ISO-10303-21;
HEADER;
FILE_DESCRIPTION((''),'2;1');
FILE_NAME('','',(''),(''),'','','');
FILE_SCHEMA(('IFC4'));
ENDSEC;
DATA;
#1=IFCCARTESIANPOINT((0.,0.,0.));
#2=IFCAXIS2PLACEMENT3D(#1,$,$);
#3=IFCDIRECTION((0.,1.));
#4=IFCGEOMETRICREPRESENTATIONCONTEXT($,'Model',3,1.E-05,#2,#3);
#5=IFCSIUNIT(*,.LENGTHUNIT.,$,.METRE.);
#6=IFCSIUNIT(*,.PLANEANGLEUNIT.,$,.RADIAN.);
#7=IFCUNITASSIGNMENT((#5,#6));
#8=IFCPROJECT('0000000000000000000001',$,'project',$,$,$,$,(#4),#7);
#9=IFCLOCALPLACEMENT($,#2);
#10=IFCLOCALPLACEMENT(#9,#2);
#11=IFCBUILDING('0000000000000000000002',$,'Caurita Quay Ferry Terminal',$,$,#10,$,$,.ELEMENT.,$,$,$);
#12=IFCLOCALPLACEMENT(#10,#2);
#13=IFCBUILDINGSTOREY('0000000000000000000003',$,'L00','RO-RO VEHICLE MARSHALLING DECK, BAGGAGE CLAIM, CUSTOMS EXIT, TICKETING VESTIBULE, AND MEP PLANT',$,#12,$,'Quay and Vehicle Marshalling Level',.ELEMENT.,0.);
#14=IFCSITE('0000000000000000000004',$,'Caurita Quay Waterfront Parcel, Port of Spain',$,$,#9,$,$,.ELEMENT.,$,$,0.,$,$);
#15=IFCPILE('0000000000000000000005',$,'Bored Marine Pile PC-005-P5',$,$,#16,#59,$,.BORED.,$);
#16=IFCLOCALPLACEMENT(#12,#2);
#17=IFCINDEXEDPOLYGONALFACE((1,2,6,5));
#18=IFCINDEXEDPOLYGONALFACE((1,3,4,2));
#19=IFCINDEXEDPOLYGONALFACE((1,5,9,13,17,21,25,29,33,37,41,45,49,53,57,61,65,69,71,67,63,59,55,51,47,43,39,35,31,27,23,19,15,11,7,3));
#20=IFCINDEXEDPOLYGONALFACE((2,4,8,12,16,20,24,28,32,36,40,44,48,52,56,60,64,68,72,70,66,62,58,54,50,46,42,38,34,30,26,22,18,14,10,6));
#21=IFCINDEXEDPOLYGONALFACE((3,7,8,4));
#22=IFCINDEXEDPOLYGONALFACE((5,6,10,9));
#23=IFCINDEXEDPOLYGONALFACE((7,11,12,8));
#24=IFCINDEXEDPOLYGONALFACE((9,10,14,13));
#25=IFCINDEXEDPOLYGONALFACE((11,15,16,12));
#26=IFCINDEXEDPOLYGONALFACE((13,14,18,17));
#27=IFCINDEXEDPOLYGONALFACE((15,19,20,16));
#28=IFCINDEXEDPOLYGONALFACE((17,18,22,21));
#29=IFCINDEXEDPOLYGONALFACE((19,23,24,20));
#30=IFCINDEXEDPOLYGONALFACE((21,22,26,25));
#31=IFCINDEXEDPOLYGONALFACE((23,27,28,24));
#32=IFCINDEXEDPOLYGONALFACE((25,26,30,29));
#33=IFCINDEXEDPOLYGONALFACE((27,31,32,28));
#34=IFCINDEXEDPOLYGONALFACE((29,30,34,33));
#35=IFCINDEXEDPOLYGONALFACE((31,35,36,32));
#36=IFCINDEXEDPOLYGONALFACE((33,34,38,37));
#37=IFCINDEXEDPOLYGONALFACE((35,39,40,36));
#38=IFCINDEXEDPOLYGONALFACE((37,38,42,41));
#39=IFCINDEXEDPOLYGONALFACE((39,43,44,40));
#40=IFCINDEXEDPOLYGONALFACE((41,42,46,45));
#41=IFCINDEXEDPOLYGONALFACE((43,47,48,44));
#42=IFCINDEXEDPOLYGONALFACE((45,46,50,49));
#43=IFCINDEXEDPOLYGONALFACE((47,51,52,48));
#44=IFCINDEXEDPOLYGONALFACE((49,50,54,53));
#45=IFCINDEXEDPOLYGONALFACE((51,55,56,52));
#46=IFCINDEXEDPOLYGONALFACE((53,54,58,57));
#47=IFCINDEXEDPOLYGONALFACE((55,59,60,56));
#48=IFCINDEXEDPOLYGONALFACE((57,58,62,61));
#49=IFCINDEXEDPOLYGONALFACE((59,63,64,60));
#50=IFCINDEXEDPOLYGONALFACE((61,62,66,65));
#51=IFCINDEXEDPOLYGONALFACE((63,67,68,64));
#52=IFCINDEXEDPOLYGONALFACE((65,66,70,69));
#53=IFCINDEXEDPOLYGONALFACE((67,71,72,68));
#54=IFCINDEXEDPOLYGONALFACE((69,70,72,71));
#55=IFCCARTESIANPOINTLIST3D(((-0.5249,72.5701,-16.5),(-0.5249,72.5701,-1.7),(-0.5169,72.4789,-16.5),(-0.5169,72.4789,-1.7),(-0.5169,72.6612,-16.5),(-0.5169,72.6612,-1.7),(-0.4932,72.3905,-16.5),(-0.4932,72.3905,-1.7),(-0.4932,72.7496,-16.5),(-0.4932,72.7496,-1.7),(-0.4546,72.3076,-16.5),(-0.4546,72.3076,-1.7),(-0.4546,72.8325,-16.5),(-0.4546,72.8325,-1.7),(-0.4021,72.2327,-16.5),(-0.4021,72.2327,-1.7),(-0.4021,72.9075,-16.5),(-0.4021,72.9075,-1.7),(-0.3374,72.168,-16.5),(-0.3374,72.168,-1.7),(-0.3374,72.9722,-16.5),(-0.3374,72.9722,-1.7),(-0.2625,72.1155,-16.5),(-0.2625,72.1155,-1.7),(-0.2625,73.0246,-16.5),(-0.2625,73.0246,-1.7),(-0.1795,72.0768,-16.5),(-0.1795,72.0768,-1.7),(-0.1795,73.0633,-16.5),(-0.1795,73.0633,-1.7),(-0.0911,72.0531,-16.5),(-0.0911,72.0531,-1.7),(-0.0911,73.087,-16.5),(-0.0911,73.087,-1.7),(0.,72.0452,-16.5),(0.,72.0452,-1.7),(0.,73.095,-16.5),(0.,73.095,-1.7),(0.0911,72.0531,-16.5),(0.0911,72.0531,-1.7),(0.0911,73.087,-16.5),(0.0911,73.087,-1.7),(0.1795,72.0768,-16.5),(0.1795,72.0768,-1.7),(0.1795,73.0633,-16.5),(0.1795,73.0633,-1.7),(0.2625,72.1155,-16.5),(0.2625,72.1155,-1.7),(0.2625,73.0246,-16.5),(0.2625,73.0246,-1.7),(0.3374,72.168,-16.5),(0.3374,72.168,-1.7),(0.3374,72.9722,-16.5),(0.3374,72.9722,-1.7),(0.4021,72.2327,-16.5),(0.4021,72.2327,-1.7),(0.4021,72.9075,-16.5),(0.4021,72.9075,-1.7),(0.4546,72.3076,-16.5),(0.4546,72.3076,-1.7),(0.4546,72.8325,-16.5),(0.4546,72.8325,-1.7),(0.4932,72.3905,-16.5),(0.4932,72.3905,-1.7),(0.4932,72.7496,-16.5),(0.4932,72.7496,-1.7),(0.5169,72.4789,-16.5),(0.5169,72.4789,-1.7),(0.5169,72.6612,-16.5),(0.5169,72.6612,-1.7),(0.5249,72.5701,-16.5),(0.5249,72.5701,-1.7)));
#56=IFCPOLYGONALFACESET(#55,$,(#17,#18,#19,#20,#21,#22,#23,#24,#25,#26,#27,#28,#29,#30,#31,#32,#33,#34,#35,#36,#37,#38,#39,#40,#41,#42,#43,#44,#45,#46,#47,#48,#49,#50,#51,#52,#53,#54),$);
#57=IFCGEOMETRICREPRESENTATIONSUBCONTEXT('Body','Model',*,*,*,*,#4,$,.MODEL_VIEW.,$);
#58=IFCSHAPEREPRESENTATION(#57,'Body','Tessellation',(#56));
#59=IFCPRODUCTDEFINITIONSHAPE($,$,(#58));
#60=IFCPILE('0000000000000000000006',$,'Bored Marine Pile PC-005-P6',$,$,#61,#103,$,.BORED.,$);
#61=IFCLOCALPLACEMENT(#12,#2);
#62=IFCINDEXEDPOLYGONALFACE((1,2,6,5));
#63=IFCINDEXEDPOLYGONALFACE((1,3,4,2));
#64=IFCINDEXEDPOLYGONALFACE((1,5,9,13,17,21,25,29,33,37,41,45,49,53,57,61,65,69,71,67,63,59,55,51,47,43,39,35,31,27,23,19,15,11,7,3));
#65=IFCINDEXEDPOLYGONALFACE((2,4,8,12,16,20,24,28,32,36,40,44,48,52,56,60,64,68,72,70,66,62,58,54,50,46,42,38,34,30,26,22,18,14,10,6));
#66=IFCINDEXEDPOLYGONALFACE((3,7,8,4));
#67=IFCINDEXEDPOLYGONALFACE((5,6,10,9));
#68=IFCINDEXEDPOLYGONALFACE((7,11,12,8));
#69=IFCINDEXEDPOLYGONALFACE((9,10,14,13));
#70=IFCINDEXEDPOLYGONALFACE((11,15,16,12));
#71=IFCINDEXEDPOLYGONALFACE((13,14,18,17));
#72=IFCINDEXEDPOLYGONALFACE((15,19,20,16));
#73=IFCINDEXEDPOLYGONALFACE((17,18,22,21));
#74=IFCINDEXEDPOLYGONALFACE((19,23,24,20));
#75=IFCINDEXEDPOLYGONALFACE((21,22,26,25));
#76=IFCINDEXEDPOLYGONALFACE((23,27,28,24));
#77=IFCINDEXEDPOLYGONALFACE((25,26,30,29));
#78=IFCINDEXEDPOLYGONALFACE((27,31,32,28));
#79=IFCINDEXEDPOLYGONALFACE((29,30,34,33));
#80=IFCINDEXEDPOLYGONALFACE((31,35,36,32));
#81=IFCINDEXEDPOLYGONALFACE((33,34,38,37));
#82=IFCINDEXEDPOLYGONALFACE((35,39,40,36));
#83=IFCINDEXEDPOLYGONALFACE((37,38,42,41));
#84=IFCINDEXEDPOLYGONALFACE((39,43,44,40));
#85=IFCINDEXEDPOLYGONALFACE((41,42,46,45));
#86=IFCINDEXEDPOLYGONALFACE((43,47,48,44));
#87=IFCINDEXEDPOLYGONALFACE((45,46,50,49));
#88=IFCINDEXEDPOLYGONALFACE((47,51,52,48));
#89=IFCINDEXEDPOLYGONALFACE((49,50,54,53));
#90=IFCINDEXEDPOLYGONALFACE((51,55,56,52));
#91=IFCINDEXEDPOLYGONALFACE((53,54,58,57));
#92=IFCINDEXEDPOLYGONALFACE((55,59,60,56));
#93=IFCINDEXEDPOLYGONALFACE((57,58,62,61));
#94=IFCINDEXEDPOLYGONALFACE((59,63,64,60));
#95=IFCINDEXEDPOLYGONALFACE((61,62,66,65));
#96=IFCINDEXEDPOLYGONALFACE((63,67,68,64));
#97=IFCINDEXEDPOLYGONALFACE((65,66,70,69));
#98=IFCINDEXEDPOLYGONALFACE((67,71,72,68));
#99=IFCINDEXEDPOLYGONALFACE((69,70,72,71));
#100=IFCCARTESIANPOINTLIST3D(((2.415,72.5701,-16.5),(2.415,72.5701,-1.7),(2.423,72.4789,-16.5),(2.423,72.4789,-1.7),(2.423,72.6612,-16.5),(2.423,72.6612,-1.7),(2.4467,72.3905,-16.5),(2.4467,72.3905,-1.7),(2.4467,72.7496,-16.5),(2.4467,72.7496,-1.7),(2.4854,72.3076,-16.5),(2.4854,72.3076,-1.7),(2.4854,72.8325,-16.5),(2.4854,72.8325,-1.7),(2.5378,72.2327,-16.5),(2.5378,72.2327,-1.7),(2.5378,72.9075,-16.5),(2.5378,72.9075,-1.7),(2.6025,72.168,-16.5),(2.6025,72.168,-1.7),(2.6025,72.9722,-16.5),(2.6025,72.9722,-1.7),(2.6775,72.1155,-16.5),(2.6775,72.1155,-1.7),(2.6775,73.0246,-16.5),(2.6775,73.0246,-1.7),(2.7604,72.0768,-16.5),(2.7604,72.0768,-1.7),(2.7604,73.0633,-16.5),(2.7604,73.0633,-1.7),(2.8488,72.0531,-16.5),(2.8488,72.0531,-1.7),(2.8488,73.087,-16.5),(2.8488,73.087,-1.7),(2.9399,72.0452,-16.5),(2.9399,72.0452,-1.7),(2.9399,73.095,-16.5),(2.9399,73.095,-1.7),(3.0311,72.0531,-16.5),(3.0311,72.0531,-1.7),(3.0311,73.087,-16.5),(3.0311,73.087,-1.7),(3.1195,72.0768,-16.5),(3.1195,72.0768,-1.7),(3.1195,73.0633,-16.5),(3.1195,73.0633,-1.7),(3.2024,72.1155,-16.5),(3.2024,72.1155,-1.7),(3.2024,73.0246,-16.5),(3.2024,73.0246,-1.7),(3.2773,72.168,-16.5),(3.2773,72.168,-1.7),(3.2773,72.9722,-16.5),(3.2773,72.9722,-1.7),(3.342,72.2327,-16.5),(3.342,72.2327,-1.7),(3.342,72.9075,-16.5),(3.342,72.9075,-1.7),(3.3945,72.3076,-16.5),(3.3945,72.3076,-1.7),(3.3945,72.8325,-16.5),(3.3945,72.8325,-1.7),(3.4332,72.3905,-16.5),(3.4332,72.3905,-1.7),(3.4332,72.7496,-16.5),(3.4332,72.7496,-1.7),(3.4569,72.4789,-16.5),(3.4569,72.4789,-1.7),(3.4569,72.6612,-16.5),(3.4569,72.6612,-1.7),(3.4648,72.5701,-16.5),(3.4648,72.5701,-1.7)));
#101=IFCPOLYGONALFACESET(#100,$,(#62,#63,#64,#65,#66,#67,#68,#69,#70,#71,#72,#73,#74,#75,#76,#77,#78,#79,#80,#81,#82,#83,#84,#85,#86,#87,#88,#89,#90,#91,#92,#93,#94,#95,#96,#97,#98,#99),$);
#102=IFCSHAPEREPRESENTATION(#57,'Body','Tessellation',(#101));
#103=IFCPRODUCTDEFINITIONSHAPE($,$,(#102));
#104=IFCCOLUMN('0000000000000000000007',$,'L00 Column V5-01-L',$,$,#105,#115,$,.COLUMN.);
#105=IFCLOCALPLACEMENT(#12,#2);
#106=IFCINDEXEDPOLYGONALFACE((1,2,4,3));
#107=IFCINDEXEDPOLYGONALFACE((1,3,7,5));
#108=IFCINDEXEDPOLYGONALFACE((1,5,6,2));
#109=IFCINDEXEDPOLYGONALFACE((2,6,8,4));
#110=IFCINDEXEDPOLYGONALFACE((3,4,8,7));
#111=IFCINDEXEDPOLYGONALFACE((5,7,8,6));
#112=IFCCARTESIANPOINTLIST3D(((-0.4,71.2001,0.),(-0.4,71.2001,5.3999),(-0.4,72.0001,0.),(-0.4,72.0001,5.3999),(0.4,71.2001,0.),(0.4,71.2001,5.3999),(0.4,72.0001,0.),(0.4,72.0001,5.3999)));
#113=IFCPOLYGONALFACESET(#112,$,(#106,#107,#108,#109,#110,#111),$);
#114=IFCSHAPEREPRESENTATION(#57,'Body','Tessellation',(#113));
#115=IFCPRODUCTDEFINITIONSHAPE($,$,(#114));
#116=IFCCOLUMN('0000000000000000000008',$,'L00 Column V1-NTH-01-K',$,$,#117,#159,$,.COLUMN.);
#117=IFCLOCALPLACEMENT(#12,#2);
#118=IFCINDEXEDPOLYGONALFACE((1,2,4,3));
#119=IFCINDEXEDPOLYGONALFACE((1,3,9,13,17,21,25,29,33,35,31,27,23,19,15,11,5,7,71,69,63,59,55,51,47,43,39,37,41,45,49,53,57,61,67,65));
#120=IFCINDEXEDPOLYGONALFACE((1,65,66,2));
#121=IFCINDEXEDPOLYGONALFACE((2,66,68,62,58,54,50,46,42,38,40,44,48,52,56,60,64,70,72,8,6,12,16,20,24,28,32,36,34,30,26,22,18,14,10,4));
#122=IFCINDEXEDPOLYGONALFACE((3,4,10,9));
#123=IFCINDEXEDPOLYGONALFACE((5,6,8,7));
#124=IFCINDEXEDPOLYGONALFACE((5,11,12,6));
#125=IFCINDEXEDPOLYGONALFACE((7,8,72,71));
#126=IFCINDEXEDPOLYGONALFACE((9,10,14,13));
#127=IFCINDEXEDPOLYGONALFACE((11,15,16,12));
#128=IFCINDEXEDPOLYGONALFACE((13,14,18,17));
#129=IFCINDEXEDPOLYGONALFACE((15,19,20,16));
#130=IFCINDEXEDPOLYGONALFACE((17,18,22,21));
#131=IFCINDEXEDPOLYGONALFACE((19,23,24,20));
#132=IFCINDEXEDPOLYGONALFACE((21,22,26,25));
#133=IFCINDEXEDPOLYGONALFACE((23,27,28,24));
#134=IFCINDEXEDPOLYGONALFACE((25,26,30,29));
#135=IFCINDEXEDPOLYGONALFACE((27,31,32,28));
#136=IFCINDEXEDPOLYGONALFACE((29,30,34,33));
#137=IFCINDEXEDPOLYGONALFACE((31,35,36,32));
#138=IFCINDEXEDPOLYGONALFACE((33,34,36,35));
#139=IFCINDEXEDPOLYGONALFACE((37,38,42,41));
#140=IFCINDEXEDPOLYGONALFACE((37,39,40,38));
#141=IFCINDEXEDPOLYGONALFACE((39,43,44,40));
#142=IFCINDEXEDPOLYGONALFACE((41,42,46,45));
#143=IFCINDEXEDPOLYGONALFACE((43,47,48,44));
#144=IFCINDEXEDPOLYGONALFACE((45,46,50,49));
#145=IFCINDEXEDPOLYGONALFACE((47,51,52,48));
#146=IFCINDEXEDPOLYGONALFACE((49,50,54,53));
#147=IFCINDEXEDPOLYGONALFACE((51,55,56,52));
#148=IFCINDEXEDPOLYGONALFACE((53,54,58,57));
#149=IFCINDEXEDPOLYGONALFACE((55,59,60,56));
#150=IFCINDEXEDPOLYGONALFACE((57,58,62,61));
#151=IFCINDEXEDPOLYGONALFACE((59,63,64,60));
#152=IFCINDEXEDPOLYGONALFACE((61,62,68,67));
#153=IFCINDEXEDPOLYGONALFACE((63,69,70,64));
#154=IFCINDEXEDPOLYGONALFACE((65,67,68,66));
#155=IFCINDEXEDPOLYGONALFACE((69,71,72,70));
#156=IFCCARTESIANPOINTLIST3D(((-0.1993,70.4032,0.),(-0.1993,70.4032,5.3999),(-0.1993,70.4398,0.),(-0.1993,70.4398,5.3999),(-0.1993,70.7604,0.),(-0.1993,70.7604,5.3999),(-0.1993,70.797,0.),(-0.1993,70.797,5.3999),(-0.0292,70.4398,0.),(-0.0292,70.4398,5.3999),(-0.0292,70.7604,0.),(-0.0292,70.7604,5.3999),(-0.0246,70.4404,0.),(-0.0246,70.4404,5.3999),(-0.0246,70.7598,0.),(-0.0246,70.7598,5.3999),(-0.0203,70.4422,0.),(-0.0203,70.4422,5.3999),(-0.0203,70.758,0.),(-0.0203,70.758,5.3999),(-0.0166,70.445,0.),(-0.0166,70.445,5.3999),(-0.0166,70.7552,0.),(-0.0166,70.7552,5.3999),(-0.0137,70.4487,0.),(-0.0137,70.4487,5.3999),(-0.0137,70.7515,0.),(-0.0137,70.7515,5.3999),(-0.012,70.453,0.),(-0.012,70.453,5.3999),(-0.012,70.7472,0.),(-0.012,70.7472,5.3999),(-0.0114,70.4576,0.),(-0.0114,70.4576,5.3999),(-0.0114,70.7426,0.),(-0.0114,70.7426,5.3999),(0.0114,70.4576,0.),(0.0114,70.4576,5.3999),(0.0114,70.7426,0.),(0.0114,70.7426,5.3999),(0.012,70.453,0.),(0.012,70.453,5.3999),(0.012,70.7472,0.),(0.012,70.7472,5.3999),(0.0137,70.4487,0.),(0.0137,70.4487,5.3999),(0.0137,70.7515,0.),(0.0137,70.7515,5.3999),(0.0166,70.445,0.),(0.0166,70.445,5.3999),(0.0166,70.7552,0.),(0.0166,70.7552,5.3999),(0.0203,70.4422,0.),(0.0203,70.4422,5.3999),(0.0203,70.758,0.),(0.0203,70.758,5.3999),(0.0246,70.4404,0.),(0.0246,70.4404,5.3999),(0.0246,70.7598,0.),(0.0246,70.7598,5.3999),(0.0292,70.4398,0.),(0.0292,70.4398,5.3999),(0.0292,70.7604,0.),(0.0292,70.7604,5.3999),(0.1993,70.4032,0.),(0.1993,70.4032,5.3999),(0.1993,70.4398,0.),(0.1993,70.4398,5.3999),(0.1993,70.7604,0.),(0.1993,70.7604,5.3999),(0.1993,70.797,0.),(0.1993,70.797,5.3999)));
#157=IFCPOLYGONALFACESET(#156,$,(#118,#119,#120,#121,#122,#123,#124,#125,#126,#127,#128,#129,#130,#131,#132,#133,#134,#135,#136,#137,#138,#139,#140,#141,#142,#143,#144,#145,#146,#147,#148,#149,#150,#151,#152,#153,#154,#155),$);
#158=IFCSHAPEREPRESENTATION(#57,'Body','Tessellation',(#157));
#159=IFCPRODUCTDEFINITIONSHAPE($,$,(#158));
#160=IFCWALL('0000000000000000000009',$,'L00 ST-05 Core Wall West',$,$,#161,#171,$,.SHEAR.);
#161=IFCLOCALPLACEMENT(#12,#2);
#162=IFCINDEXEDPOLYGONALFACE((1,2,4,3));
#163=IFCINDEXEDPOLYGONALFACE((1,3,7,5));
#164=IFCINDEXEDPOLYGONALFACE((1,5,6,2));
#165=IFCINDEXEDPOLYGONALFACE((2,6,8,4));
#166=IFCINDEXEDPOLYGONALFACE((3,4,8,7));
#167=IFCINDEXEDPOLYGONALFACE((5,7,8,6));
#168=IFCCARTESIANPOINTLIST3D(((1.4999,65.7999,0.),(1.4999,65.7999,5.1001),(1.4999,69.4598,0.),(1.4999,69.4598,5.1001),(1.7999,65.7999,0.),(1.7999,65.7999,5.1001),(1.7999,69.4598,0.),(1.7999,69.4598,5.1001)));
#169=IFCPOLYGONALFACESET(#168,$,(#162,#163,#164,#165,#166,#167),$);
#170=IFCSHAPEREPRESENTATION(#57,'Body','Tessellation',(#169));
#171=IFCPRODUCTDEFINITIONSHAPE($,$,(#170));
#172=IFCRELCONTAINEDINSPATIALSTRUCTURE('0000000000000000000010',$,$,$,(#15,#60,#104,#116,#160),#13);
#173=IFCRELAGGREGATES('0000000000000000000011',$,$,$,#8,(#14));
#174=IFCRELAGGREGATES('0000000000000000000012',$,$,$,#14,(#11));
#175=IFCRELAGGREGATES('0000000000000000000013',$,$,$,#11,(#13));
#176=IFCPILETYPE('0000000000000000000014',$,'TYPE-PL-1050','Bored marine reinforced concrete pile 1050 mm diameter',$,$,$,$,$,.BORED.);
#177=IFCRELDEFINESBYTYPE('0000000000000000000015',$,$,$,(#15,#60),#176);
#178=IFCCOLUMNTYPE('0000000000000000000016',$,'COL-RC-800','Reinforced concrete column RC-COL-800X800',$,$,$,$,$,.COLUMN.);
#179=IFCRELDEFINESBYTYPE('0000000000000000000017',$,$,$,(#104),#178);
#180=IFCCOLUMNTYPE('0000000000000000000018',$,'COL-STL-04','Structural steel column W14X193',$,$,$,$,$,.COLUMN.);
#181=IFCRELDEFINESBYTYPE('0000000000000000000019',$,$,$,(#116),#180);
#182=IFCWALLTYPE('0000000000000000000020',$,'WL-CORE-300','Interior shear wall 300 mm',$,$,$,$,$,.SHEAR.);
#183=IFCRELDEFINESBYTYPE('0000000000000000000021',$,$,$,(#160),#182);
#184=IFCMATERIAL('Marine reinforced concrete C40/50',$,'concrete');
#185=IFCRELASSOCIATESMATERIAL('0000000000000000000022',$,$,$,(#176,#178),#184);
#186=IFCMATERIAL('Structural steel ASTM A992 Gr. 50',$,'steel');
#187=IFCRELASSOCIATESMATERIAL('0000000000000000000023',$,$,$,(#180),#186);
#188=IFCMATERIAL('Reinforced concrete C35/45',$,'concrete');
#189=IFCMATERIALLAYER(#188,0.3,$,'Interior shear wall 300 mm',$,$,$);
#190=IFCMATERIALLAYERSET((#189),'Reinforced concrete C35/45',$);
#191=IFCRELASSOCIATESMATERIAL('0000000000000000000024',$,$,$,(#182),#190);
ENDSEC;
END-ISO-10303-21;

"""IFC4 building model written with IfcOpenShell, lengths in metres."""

from ifc_helpers import new_model, si_unit, direction, frame, frame_2d, origin, origin_2d, place, context, subcontext, project, spatial, rectangle, circle, i_section, extrude, material, layer, layer_set, material_profile, profile_set, type_object, element, save


model = new_model("IFC4")

# Units and contexts
model_context = context("Model", 3, precision=1e-05, world=origin(), true_north=direction((0.0, 1.0)))
body_context = subcontext(model_context, "Body", "Model", "MODEL_VIEW")
ifc_project = project(units=[si_unit("LENGTHUNIT", "METRE"), si_unit("PLANEANGLEUNIT", "RADIAN")], contexts=[model_context])

# Site, building, storey
site_placement = place(None, origin())
site = spatial("IfcSite", under=ifc_project, at=site_placement, Name="Caurita Quay Waterfront Parcel, Port of Spain", CompositionType="ELEMENT", RefElevation=0.0)
building_placement = place(site_placement, origin())
building = spatial("IfcBuilding", under=site, at=building_placement, Name="Caurita Quay Ferry Terminal", CompositionType="ELEMENT")
storey_placement = place(building_placement, origin())
storey = spatial("IfcBuildingStorey", under=building, at=storey_placement, Name="L00", Description="RO-RO VEHICLE MARSHALLING DECK, BAGGAGE CLAIM, CUSTOMS EXIT, TICKETING VESTIBULE, AND MEP PLANT", LongName="Quay and Vehicle Marshalling Level", CompositionType="ELEMENT", Elevation=0.0)

# Piles
ifc_material_1 = material(Name="Marine reinforced concrete C40/50", Category="concrete")
ifc_material_profile_1 = material_profile(ifc_material_1, circle(Radius=0.5249, at=origin_2d()), Name="PILE-D1050")
ifc_profile_set_1 = profile_set([ifc_material_profile_1], Name="Marine reinforced concrete C40/50")
pile_type = type_object("IfcPileType", Name="TYPE-PL-1050", Description="Bored marine reinforced concrete pile 1050 mm diameter", PredefinedType="BORED", material=ifc_profile_set_1)
for number, where, z_axis, x_axis, name in (
    (1, (0.0, 72.5701, -1.7), (0.0, 0.0, -1.0), (1.0, 0.0, 0.0), "Bored Marine Pile PC-005-P5"),
    (2, (2.9399, 72.5701, -1.7), (0.0, 0.0, -1.0), (1.0, 0.0, 0.0), "Bored Marine Pile PC-005-P6"),
):
    element("IfcPile", number, at=place(storey_placement, frame(where, z_axis=z_axis, x_axis=x_axis)), inside=storey, type_object=pile_type, Name=name, PredefinedType="BORED", context=body_context, shape_type="SweptSolid", body=[
        extrude(circle(Radius=0.5249, at=origin_2d()), origin(), (0.0, 0.0, 1.0), 14.8),
    ])

# Columns
ifc_material_profile_2 = material_profile(ifc_material_1, rectangle(XDim=0.8, YDim=0.8, at=origin_2d()), Name="RC-COL-800X800")
ifc_profile_set_2 = profile_set([ifc_material_profile_2], Name="Marine reinforced concrete C40/50")
column_type_1 = type_object("IfcColumnType", Name="COL-RC-800", Description="Reinforced concrete column RC-COL-800X800", PredefinedType="COLUMN", material=ifc_profile_set_2)
column_1_placement = place(storey_placement, frame((0.0, 71.6001, 0.0), z_axis=(0.0, 0.0, 1.0), x_axis=(1.0, 0.0, 0.0)))
element("IfcColumn", 3, at=column_1_placement, inside=storey, type_object=column_type_1, Name="L00 Column V5-01-L", PredefinedType="COLUMN", context=body_context, shape_type="SweptSolid", body=[
    extrude(rectangle(XDim=0.8, YDim=0.8, at=origin_2d()), origin(), (0.0, 0.0, 1.0), 5.3999),
])
ifc_material_2 = material(Name="Structural steel ASTM A992 Gr. 50", Category="steel")
ifc_material_profile_3 = material_profile(ifc_material_2, i_section(OverallWidth=0.3987, OverallDepth=0.3938, WebThickness=0.0227, FlangeThickness=0.0366, FilletRadius=0.0178, at=origin_2d()), Name="W14X193")
ifc_profile_set_3 = profile_set([ifc_material_profile_3], Name="Structural steel ASTM A992 Gr. 50")
column_type_2 = type_object("IfcColumnType", Name="COL-STL-04", Description="Structural steel column W14X193", PredefinedType="COLUMN", material=ifc_profile_set_3)
column_2_placement = place(storey_placement, frame((0.0, 70.6001, 0.0), z_axis=(0.0, 0.0, 1.0), x_axis=(1.0, 0.0, 0.0)))
element("IfcColumn", 4, at=column_2_placement, inside=storey, type_object=column_type_2, Name="L00 Column V1-NTH-01-K", PredefinedType="COLUMN", context=body_context, shape_type="SweptSolid", body=[
    extrude(i_section(OverallWidth=0.3987, OverallDepth=0.3938, WebThickness=0.0227, FlangeThickness=0.0366, FilletRadius=0.0178, at=origin_2d()), origin(), (0.0, 0.0, 1.0), 5.3999),
])

# Wall
ifc_material_3 = material(Name="Reinforced concrete C35/45", Category="concrete")
ifc_layer_1 = layer(ifc_material_3, 0.3, Name="Interior shear wall 300 mm")
ifc_layer_set_1 = layer_set([ifc_layer_1], Name="Reinforced concrete C35/45")
wall_type_1 = type_object("IfcWallType", Name="WL-CORE-300", Description="Interior shear wall 300 mm", PredefinedType="SHEAR", material=ifc_layer_set_1)
wall_1_placement = place(storey_placement, frame((1.6499, 69.46, 0.0), z_axis=(0.0, 0.0, 1.0), x_axis=(0.0, -1.0, 0.0)))
element("IfcWall", 5, at=wall_1_placement, inside=storey, type_object=wall_type_1, Name="L00 ST-05 Core Wall West", PredefinedType="SHEAR", context=body_context, shape_type="SweptSolid", body=[
    extrude(rectangle(XDim=3.6599, YDim=0.3, at=frame_2d((1.8301, 0.0))), origin(), (0.0, 0.0, 1.0), 5.1001),
])

save(model, "model.ifc")
